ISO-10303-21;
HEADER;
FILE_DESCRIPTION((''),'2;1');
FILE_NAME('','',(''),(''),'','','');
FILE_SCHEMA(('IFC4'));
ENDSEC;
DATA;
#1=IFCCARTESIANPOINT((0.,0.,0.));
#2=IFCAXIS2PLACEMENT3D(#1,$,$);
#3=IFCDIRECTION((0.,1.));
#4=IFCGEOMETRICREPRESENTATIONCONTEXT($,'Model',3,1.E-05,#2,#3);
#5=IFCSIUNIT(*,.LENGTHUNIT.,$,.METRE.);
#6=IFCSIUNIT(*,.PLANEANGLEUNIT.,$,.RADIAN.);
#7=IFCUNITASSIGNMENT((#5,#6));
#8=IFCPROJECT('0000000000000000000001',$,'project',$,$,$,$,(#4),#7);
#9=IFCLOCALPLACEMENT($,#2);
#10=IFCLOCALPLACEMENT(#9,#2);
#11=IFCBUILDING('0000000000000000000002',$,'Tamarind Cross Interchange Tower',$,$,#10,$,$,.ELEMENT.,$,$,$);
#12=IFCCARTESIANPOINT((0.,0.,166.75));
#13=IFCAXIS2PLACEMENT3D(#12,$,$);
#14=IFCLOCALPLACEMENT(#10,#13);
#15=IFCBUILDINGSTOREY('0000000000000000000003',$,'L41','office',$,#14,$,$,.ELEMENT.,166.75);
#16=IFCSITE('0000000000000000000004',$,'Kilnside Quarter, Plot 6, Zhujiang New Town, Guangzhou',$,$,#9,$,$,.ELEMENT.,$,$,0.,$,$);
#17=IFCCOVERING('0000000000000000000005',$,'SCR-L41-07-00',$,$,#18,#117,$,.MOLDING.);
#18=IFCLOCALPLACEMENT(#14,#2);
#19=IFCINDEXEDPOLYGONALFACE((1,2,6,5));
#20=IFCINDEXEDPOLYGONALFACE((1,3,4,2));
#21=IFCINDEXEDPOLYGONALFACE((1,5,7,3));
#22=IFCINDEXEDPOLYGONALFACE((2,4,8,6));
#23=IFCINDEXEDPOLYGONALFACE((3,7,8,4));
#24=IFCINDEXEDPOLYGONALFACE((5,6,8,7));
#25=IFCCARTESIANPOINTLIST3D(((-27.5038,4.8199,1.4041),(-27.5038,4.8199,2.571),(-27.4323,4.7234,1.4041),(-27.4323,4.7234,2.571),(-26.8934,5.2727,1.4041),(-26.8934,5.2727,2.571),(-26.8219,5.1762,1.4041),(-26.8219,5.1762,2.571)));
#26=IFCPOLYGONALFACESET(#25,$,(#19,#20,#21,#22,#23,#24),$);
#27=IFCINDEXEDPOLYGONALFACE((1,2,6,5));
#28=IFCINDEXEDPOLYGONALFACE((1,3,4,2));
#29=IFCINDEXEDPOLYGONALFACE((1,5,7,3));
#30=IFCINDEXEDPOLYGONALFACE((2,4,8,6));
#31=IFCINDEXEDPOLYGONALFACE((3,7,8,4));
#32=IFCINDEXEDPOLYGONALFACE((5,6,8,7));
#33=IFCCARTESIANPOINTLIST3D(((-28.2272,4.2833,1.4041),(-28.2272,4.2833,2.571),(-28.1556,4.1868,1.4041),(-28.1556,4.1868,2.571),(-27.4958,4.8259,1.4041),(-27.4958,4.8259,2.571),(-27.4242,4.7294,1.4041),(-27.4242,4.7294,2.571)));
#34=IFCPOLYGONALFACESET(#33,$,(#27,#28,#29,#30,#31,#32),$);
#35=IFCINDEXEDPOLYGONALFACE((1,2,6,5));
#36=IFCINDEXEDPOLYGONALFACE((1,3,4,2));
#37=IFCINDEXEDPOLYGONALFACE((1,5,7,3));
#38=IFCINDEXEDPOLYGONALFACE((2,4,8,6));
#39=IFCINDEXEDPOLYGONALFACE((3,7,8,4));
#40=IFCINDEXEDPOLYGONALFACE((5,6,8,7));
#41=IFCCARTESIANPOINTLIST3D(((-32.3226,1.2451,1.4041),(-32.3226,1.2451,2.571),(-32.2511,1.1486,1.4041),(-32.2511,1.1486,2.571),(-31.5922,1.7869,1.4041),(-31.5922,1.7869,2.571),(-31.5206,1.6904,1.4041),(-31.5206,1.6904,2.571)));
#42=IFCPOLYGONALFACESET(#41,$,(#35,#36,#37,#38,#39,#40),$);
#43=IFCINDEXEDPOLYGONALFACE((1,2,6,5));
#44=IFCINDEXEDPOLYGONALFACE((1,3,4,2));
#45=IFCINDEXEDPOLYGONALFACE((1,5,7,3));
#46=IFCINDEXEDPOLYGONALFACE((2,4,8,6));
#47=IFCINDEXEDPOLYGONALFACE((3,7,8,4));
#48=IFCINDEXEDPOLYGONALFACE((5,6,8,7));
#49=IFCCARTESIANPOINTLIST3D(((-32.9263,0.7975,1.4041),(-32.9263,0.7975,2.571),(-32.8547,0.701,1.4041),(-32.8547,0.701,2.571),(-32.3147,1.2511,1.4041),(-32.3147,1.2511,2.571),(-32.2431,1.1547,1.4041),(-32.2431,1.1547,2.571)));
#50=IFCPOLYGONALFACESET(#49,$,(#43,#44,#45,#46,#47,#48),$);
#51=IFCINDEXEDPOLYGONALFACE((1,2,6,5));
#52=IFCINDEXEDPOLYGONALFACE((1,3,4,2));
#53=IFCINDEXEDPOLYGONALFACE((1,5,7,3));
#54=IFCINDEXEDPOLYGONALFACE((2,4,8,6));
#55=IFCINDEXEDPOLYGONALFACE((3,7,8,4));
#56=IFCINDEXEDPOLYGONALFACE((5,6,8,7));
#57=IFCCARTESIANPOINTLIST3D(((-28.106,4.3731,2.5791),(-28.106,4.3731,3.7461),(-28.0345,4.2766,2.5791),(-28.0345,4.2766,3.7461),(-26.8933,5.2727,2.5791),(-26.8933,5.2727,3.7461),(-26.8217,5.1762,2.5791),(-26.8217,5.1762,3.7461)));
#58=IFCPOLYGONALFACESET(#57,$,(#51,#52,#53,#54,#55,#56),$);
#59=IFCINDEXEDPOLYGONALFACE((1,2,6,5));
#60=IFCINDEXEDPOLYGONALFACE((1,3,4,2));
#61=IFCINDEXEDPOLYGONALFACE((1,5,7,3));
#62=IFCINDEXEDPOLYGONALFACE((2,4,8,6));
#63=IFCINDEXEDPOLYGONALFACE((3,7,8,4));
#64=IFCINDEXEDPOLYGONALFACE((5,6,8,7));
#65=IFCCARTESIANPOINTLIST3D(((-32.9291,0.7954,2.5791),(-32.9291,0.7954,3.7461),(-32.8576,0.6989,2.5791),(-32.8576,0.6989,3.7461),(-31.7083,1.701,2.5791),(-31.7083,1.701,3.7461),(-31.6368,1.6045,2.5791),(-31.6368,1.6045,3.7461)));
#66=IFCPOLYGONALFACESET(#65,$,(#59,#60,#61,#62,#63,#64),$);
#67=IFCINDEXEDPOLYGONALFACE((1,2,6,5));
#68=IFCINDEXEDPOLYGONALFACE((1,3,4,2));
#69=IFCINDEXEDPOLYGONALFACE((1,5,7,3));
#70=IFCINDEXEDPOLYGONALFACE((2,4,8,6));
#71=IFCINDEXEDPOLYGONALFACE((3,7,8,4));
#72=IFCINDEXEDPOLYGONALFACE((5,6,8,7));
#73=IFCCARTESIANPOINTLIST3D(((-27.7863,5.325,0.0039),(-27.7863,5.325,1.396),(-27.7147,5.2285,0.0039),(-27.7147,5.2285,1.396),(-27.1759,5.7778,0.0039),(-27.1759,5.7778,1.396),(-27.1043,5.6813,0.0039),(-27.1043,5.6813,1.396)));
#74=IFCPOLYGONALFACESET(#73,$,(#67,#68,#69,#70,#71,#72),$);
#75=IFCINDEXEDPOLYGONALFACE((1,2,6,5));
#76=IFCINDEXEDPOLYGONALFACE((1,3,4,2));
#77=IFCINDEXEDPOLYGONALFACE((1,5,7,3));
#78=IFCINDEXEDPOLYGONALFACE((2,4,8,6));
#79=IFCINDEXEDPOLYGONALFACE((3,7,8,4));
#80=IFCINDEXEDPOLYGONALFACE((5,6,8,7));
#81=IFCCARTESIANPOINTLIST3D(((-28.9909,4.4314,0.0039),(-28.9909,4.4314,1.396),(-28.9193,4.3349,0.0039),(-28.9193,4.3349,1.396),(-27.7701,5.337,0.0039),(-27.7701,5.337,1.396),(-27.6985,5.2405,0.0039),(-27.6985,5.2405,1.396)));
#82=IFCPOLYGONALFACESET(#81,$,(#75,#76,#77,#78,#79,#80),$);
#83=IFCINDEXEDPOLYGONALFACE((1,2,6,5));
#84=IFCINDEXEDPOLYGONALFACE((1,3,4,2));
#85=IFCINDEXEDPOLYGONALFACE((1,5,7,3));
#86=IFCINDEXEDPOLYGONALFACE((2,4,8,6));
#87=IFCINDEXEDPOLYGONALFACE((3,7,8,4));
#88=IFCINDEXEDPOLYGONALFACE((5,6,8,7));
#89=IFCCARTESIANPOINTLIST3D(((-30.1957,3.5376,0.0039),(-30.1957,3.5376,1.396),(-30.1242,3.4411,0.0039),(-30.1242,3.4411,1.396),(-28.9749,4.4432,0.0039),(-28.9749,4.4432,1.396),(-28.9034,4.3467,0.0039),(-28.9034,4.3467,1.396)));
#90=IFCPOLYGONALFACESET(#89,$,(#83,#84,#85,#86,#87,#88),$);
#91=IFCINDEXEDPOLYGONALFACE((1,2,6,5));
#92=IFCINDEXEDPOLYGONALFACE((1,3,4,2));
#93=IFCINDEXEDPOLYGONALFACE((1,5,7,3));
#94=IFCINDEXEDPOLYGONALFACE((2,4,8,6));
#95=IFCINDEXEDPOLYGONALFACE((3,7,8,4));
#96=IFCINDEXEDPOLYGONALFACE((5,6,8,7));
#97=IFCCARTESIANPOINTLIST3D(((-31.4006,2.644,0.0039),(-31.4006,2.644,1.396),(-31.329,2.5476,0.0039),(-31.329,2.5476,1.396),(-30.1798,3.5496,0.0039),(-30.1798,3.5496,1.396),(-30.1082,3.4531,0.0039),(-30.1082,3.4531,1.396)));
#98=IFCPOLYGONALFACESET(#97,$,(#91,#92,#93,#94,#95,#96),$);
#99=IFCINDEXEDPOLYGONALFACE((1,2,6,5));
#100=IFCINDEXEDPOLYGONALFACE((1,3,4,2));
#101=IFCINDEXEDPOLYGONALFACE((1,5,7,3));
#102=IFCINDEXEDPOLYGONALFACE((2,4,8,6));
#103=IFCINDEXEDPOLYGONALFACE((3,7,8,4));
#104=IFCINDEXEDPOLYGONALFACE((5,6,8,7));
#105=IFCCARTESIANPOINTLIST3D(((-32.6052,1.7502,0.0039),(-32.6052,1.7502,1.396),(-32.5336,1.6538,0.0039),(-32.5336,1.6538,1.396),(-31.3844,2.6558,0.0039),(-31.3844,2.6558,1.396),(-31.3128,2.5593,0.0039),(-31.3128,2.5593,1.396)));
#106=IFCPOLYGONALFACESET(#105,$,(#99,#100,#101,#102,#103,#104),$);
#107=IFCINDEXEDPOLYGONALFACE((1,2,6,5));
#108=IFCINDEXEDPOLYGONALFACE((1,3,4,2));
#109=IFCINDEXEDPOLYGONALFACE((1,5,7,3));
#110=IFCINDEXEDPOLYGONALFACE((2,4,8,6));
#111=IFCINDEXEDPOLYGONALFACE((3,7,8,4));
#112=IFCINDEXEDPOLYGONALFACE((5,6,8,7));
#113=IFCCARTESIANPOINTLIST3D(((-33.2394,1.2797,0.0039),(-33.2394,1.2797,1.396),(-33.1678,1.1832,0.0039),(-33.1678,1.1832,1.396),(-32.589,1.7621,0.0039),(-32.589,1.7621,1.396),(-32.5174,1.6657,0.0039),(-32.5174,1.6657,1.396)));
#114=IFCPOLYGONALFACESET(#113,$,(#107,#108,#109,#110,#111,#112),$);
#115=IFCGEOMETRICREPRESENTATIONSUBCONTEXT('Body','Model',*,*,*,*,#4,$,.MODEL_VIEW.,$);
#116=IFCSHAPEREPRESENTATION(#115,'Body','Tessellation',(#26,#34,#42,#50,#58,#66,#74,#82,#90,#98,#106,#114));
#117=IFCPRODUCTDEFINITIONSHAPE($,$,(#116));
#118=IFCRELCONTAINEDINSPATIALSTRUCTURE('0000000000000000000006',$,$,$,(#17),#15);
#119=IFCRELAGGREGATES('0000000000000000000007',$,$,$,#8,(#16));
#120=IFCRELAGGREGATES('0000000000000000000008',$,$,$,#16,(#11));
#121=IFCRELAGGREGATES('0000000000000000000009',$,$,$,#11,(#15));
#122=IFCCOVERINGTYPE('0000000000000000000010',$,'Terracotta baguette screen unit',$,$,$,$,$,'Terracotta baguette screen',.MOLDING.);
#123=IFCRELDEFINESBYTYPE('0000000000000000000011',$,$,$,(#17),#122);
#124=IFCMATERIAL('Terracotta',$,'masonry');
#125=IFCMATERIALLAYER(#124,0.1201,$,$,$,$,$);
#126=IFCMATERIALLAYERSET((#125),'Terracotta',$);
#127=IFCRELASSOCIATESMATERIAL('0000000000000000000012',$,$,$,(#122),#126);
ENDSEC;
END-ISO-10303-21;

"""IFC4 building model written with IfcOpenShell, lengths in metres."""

from ifc_helpers import new_model, si_unit, direction, frame, origin, origin_2d, place, context, subcontext, project, spatial, rectangle, extrude, material, layer, layer_set, type_object, element, save


model = new_model("IFC4")

# Units and contexts
model_context = context("Model", 3, precision=1e-05, world=origin(), true_north=direction((0.0, 1.0)))
body_context = subcontext(model_context, "Body", "Model", "MODEL_VIEW")
ifc_project = project(units=[si_unit("LENGTHUNIT", "METRE"), si_unit("PLANEANGLEUNIT", "RADIAN")], contexts=[model_context])

# Site, building, storey
site_placement = place(None, origin())
site = spatial("IfcSite", under=ifc_project, at=site_placement, Name="Kilnside Quarter, Plot 6, Zhujiang New Town, Guangzhou", CompositionType="ELEMENT", RefElevation=0.0)
building_placement = place(site_placement, origin())
building = spatial("IfcBuilding", under=site, at=building_placement, Name="Tamarind Cross Interchange Tower", CompositionType="ELEMENT")
storey_placement = place(building_placement, frame((0.0, 0.0, 166.75)))
storey = spatial("IfcBuildingStorey", under=building, at=storey_placement, Name="L41", Description="office", CompositionType="ELEMENT", Elevation=166.75)

# Covering
ifc_material_1 = material(Name="Terracotta", Category="masonry")
ifc_layer_1 = layer(ifc_material_1, 0.1201)
ifc_layer_set_1 = layer_set([ifc_layer_1], Name="Terracotta")
covering_type = type_object("IfcCoveringType", Name="Terracotta baguette screen unit", ElementType="Terracotta baguette screen", PredefinedType="MOLDING", material=ifc_layer_set_1)
covering_1_placement = place(storey_placement, origin())
element("IfcCovering", 1, at=covering_1_placement, inside=storey, type_object=covering_type, Name="SCR-L41-07-00", PredefinedType="MOLDING", context=body_context, shape_type="SweptSolid", body=[
    extrude(rectangle(XDim=0.76, YDim=0.1201, at=origin_2d()), frame((-27.1628, 4.998, 1.4041), z_axis=(0.0, 0.0, 1.0), x_axis=(-0.80315, -0.595776, 0.0)), (0.0, 0.0, 1.0), 1.167),
    extrude(rectangle(XDim=0.9106, YDim=0.1201, at=origin_2d()), frame((-27.8257, 4.5063, 1.4041), z_axis=(0.0, 0.0, 1.0), x_axis=(-0.80315, -0.595776, 0.0)), (0.0, 0.0, 1.0), 1.167),
    extrude(rectangle(XDim=0.9094, YDim=0.1201, at=origin_2d()), frame((-31.9216, 1.4678, 1.4041), z_axis=(0.0, 0.0, 1.0), x_axis=(-0.80315, -0.595776, 0.0)), (0.0, 0.0, 1.0), 1.167),
    extrude(rectangle(XDim=0.7615, YDim=0.1201, at=origin_2d()), frame((-32.5847, 0.9761, 1.4041), z_axis=(0.0, 0.0, 1.0), x_axis=(-0.80315, -0.595776, 0.0)), (0.0, 0.0, 1.0), 1.167),
    extrude(rectangle(XDim=1.51, YDim=0.1201, at=origin_2d()), frame((-27.4639, 4.7747, 2.5791), z_axis=(0.0, 0.0, 1.0), x_axis=(-0.80315, -0.595776, 0.0)), (0.0, 0.0, 1.0), 1.167),
    extrude(rectangle(XDim=1.52, YDim=0.1201, at=origin_2d()), frame((-32.283, 1.2, 2.5791), z_axis=(0.0, 0.0, 1.0), x_axis=(-0.80315, -0.595776, 0.0)), (0.0, 0.0, 1.0), 1.167),
    extrude(rectangle(XDim=0.76, YDim=0.1201, at=origin_2d()), frame((-27.4453, 5.5032, 0.0039), z_axis=(0.0, 0.0, 1.0), x_axis=(-0.80315, -0.595776, 0.0)), (0.0, 0.0, 1.0), 1.3921),
    extrude(rectangle(XDim=1.52, YDim=0.1201, at=origin_2d()), frame((-28.3447, 4.8359, 0.0039), z_axis=(0.0, 0.0, 1.0), x_axis=(-0.80315, -0.595776, 0.0)), (0.0, 0.0, 1.0), 1.3921),
    extrude(rectangle(XDim=1.52, YDim=0.1201, at=origin_2d()), frame((-29.5496, 3.9421, 0.0039), z_axis=(0.0, 0.0, 1.0), x_axis=(-0.80315, -0.595776, 0.0)), (0.0, 0.0, 1.0), 1.3921),
    extrude(rectangle(XDim=1.52, YDim=0.1201, at=origin_2d()), frame((-30.7544, 3.0486, 0.0039), z_axis=(0.0, 0.0, 1.0), x_axis=(-0.80315, -0.595776, 0.0)), (0.0, 0.0, 1.0), 1.3921),
    extrude(rectangle(XDim=1.52, YDim=0.1201, at=origin_2d()), frame((-31.959, 2.1548, 0.0039), z_axis=(0.0, 0.0, 1.0), x_axis=(-0.80315, -0.595776, 0.0)), (0.0, 0.0, 1.0), 1.3921),
    extrude(rectangle(XDim=0.8098, YDim=0.1201, at=origin_2d()), frame((-32.8784, 1.4727, 0.0039), z_axis=(0.0, 0.0, 1.0), x_axis=(-0.80315, -0.595776, 0.0)), (0.0, 0.0, 1.0), 1.3921),
])

save(model, "model.ifc")
